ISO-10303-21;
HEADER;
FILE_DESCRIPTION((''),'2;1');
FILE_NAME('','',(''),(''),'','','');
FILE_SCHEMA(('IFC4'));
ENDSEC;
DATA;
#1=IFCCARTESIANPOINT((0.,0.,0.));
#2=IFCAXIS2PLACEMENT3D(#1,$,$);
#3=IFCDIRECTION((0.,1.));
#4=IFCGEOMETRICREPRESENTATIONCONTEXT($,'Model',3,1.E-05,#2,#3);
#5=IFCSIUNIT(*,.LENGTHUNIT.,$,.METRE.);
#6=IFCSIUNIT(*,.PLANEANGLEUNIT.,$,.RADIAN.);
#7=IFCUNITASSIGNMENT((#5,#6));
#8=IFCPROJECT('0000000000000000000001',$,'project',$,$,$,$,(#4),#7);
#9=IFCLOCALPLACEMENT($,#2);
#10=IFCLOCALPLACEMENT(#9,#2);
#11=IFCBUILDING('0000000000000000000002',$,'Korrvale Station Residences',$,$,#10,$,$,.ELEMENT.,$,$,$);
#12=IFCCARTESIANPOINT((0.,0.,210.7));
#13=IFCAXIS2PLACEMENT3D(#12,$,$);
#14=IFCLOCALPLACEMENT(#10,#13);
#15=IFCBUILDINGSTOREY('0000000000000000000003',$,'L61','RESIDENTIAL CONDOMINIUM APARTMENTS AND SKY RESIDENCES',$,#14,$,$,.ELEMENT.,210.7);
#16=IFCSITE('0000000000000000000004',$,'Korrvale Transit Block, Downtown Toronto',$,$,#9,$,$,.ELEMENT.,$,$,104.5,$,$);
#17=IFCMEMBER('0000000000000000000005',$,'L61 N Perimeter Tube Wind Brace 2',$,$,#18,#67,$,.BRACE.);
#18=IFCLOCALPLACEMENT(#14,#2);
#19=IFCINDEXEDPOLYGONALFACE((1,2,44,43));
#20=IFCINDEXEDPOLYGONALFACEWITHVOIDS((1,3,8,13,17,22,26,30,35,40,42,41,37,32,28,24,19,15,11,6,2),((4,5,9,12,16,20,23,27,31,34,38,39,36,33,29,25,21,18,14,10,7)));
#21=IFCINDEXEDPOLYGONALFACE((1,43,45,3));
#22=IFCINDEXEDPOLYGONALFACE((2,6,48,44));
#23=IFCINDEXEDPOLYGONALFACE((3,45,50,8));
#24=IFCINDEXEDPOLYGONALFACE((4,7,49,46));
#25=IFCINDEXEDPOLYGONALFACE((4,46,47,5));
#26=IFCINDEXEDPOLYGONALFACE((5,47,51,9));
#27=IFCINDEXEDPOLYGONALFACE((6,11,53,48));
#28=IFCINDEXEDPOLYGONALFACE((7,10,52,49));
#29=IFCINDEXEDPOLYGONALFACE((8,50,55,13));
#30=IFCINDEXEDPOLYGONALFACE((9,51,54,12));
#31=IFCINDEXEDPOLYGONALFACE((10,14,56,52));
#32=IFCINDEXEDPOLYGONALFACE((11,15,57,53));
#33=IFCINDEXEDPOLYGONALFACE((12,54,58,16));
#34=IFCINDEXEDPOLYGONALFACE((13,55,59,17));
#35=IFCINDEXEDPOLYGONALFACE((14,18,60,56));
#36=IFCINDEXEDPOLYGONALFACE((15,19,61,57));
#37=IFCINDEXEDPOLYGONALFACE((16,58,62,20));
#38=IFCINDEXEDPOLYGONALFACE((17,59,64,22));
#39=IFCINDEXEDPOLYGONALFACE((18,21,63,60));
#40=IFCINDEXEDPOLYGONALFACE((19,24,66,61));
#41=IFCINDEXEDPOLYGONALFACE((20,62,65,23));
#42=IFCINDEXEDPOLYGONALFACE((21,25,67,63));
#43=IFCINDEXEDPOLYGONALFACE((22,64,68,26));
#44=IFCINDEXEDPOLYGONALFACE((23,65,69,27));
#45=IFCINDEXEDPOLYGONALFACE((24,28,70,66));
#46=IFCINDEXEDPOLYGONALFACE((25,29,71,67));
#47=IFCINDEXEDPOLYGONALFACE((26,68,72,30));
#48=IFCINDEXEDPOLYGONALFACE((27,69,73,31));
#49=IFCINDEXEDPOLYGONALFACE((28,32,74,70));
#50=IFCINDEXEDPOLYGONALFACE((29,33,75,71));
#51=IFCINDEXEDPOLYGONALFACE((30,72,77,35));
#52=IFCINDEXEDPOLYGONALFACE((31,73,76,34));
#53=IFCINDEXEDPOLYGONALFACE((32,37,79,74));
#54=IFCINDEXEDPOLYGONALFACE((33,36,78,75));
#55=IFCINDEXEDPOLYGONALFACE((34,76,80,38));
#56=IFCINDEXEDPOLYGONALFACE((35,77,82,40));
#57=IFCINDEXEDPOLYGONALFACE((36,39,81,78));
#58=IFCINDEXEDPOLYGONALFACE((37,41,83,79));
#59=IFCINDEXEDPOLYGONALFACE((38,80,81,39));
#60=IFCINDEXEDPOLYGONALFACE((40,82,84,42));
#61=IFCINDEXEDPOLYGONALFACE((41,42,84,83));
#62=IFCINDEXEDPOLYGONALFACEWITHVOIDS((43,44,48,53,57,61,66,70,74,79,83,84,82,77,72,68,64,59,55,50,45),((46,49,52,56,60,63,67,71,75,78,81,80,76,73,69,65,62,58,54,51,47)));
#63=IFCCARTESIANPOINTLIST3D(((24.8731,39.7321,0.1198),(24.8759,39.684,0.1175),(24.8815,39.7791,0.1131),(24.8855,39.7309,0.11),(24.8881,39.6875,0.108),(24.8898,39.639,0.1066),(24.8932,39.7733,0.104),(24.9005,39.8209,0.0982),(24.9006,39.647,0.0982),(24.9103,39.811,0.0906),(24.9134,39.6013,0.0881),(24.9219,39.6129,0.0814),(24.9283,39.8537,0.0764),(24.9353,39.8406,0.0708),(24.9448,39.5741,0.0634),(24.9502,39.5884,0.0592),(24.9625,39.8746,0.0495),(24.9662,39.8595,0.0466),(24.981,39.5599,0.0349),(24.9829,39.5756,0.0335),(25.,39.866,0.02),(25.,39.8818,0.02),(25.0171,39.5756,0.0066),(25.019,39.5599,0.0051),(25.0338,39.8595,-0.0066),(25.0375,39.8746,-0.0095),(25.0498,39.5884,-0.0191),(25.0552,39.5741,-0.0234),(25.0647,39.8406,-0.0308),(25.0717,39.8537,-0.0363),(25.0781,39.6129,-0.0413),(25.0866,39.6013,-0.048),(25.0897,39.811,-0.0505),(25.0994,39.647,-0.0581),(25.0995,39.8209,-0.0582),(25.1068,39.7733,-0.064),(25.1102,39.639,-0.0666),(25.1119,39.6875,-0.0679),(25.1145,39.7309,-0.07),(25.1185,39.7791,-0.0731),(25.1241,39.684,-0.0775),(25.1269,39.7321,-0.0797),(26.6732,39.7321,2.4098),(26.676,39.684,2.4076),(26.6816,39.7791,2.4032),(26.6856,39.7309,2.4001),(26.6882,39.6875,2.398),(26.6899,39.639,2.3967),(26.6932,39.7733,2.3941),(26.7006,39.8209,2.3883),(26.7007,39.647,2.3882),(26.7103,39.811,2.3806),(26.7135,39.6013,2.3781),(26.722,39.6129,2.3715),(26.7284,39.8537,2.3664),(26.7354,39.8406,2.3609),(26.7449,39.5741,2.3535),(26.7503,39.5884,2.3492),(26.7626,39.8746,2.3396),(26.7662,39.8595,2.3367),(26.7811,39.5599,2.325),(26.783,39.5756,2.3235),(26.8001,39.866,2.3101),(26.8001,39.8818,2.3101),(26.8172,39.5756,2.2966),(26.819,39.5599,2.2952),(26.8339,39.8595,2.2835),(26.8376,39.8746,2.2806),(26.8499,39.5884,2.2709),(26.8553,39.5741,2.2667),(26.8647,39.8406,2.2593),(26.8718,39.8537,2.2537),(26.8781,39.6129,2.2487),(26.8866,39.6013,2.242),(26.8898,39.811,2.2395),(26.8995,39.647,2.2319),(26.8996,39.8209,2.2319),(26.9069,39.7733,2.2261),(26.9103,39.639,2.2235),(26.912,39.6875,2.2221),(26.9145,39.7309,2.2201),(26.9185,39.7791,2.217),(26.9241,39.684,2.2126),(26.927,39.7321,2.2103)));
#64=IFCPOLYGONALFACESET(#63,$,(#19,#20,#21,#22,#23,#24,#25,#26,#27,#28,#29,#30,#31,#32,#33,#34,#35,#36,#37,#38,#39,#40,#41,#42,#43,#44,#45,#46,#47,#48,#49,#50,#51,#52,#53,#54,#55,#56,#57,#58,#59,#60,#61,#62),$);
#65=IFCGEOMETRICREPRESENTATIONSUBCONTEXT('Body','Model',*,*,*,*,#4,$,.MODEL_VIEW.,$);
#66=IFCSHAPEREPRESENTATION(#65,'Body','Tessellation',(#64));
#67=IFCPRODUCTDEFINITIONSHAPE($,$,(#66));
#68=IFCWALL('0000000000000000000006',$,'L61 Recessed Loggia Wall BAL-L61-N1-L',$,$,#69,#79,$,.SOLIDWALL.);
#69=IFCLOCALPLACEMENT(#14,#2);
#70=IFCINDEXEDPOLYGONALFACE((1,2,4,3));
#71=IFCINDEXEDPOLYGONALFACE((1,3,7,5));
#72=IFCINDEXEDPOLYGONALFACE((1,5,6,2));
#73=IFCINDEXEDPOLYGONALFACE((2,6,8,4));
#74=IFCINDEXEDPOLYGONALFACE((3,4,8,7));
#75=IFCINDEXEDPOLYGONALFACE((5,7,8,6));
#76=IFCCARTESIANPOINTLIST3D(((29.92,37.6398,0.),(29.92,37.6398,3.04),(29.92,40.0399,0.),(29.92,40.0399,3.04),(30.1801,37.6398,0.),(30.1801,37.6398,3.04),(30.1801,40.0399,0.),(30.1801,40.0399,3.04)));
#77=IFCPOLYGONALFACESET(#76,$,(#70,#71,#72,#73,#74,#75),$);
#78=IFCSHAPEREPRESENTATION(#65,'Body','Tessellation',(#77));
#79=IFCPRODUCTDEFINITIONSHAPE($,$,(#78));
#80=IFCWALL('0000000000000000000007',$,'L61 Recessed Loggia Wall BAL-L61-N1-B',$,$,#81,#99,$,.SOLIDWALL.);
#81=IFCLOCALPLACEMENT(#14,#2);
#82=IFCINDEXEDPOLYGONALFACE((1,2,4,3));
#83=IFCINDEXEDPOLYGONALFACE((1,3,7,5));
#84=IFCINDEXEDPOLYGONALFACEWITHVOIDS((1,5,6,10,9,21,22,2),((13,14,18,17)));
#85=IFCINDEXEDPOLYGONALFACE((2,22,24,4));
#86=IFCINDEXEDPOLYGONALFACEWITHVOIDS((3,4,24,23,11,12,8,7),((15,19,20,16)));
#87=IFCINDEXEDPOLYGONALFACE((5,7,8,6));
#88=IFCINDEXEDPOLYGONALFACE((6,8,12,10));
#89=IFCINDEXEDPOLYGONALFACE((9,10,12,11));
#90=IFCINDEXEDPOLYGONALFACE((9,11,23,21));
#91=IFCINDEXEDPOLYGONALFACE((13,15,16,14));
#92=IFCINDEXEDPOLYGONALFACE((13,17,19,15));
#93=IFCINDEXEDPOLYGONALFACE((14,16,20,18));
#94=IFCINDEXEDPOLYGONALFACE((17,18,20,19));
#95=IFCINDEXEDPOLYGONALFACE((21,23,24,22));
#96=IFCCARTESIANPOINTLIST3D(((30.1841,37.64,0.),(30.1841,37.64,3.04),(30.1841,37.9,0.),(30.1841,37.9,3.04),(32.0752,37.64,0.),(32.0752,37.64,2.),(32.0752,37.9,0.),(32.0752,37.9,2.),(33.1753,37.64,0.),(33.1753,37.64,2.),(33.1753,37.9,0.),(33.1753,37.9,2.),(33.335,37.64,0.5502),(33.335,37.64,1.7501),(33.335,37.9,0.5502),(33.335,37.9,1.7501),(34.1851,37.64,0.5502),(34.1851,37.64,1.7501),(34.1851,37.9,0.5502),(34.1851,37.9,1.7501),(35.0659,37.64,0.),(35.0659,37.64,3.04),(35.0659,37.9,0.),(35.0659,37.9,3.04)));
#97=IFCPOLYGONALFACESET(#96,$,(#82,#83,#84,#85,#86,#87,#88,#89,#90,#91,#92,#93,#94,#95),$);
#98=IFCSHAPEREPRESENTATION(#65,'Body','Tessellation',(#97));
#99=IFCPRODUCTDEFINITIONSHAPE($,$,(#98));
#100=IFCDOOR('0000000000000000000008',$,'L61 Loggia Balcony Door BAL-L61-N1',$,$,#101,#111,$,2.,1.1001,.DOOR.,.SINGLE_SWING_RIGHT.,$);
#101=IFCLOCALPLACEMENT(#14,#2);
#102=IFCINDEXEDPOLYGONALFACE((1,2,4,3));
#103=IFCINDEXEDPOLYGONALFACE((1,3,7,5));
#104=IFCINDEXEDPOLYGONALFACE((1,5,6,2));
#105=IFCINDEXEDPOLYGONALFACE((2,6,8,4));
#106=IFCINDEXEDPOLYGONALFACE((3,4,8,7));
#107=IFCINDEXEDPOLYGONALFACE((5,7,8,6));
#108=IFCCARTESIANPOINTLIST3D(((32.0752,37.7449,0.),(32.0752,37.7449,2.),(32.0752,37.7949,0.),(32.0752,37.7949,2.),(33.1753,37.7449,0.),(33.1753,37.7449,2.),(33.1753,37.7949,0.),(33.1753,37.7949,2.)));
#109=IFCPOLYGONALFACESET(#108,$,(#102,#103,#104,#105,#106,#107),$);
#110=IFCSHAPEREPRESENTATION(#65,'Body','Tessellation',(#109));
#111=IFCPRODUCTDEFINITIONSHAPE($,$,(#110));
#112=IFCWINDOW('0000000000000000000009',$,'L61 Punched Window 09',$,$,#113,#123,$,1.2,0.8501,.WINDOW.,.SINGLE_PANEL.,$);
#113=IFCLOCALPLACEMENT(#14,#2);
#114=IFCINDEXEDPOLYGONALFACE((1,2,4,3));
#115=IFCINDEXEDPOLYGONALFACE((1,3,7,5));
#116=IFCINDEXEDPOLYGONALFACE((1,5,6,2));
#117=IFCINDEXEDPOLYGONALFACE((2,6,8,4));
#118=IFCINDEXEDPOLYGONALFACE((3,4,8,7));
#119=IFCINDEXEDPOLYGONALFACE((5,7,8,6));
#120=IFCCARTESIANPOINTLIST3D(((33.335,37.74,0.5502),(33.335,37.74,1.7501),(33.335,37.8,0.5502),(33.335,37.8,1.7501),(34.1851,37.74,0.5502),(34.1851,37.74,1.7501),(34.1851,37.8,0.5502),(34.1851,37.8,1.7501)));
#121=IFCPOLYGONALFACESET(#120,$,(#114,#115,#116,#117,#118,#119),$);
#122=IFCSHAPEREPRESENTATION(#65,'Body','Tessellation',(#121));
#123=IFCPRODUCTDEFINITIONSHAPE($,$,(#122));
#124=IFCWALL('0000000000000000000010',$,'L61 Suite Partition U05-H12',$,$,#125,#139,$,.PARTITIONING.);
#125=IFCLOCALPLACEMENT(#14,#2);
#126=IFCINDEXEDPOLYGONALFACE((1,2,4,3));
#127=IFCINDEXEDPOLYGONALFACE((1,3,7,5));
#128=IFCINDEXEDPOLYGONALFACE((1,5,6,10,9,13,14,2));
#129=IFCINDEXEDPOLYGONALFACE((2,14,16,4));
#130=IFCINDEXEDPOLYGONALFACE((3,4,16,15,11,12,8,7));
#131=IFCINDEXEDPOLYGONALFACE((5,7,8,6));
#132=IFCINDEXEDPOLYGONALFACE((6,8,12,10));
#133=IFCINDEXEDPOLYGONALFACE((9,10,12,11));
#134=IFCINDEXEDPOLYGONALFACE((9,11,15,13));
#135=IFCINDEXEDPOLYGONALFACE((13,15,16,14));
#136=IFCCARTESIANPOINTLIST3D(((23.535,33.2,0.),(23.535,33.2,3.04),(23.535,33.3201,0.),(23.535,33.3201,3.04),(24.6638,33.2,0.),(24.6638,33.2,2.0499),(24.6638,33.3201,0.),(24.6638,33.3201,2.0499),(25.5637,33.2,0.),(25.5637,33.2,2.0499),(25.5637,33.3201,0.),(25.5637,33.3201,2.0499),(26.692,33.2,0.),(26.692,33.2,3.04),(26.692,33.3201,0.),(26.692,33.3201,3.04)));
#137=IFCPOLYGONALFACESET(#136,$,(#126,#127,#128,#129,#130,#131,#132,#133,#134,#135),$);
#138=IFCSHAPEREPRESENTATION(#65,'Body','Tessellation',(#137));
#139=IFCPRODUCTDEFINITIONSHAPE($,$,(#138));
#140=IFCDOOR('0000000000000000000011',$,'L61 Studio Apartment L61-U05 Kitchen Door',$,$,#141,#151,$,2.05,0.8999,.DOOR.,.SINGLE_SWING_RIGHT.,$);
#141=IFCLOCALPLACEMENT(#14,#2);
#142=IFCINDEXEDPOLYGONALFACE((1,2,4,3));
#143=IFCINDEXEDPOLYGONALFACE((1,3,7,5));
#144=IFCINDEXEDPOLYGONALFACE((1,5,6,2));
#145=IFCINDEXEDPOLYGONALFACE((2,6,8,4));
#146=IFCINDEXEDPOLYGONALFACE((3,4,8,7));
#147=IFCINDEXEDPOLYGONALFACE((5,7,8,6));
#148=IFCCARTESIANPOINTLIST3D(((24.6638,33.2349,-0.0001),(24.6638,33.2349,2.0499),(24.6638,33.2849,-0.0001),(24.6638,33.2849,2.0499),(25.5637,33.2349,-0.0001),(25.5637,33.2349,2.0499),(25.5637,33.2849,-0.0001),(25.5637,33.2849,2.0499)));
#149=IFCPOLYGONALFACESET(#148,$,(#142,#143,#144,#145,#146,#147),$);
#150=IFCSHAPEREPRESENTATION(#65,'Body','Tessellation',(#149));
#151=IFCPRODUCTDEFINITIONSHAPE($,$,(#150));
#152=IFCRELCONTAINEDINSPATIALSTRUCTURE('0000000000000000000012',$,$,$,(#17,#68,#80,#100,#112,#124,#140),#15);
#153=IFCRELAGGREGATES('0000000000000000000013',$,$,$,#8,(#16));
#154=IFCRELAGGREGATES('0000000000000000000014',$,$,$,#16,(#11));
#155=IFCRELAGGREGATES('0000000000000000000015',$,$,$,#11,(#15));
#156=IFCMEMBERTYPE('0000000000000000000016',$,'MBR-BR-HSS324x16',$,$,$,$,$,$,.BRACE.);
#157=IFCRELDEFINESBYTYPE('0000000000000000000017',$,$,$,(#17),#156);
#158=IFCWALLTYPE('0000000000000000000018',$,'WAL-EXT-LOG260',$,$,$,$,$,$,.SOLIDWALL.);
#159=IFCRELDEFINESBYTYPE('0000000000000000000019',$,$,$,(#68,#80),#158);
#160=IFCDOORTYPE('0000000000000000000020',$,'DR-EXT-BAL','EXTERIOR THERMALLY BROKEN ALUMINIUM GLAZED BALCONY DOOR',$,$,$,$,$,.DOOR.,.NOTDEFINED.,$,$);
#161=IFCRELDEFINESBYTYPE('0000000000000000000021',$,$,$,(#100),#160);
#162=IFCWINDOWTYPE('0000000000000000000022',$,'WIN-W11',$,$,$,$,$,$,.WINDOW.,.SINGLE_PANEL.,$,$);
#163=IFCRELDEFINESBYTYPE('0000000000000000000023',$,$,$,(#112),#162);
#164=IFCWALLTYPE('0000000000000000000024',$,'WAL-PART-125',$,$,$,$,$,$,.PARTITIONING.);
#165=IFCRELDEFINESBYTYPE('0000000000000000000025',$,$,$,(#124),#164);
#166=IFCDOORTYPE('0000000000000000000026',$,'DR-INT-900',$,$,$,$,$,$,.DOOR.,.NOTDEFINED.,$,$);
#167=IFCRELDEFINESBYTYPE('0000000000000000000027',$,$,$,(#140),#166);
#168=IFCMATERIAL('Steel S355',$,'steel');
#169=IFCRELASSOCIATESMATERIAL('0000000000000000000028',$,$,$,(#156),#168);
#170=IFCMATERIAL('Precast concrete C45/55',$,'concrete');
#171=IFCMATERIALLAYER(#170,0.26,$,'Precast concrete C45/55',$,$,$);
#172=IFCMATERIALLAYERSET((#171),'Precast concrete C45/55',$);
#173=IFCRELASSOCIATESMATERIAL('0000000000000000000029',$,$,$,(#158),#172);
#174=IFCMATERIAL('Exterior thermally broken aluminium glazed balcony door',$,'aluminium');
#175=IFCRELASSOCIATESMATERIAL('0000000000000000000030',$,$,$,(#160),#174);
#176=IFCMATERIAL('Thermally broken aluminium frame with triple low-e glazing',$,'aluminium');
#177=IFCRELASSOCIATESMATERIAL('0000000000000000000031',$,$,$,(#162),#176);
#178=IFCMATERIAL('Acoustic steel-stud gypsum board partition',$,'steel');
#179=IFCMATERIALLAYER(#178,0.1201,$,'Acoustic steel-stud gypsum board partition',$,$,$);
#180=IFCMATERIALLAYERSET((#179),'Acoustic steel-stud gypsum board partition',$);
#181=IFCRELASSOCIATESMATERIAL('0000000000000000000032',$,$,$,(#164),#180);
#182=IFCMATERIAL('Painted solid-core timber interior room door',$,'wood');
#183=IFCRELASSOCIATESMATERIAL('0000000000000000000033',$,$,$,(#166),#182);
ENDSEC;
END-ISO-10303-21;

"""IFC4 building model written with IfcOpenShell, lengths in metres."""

from ifc_helpers import new_model, si_unit, direction, frame, frame_2d, origin, origin_2d, place, context, subcontext, project, spatial, rectangle, hollow_circle, extrude, material, layer, layer_set, material_profile, profile_set, type_object, element, fill, save


model = new_model("IFC4")

# Units and contexts
model_context = context("Model", 3, precision=1e-05, world=origin(), true_north=direction((0.0, 1.0)))
body_context = subcontext(model_context, "Body", "Model", "MODEL_VIEW")
ifc_project = project(units=[si_unit("LENGTHUNIT", "METRE"), si_unit("PLANEANGLEUNIT", "RADIAN")], contexts=[model_context])

# Site, building, storey
site_placement = place(None, origin())
site = spatial("IfcSite", under=ifc_project, at=site_placement, Name="Korrvale Transit Block, Downtown Toronto", CompositionType="ELEMENT", RefElevation=104.5)
building_placement = place(site_placement, origin())
building = spatial("IfcBuilding", under=site, at=building_placement, Name="Korrvale Station Residences", CompositionType="ELEMENT")
storey_placement = place(building_placement, frame((0.0, 0.0, 210.7)))
storey = spatial("IfcBuildingStorey", under=building, at=storey_placement, Name="L61", Description="RESIDENTIAL CONDOMINIUM APARTMENTS AND SKY RESIDENCES", CompositionType="ELEMENT", Elevation=210.7)

# Shared definitions
ifc_material_1 = material(Name="Steel S355", Category="steel")

# Member
ifc_material_profile_1 = material_profile(ifc_material_1, hollow_circle(Radius=0.1619, WallThickness=0.0159, at=origin_2d()), Name="HSS324x16")
ifc_profile_set_1 = profile_set([ifc_material_profile_1], Name="Steel S355")
member_type = type_object("IfcMemberType", Name="MBR-BR-HSS324x16", PredefinedType="BRACE", material=ifc_profile_set_1)
for number, where, z_axis, x_axis, name in (
    (1, (25.0, 39.72, 0.02), (0.617977, 0.0, 0.786196), (0.0, 1.0, 0.0), "L61 N Perimeter Tube Wind Brace 2"),
):
    element("IfcMember", number, at=place(storey_placement, frame(where, z_axis=z_axis, x_axis=x_axis)), inside=storey, type_object=member_type, Name=name, PredefinedType="BRACE", context=body_context, shape_type="SweptSolid", body=[
        extrude(hollow_circle(Radius=0.1619, WallThickness=0.0159, at=origin_2d()), origin(), (0.0, 0.0, 1.0), 2.9128),
    ])

# Wall
ifc_material_2 = material(Name="Precast concrete C45/55", Category="concrete")
ifc_layer_1 = layer(ifc_material_2, 0.26, Name="Precast concrete C45/55")
ifc_layer_set_1 = layer_set([ifc_layer_1], Name="Precast concrete C45/55")
wall_type_1 = type_object("IfcWallType", Name="WAL-EXT-LOG260", PredefinedType="SOLIDWALL", material=ifc_layer_set_1)
wall_1_placement = place(storey_placement, frame((30.05, 40.04, 0.0), z_axis=(0.0, 0.0, 1.0), x_axis=(0.0, -1.0, 0.0)))
element("IfcWall", 2, at=wall_1_placement, inside=storey, type_object=wall_type_1, Name="L61 Recessed Loggia Wall BAL-L61-N1-L", PredefinedType="SOLIDWALL", context=body_context, shape_type="SweptSolid", body=[
    extrude(rectangle(XDim=2.4001, YDim=0.26, at=frame_2d((1.2002, 0.0))), origin(), (0.0, 0.0, 1.0), 3.04),
])

# Wall, openings, door, window
wall_2_placement = place(storey_placement, frame((30.1841, 37.77, 0.0), z_axis=(0.0, 0.0, 1.0), x_axis=(1.0, 0.0, 0.0)))
wall_2 = element("IfcWall", 3, at=wall_2_placement, inside=storey, type_object=wall_type_1, Name="L61 Recessed Loggia Wall BAL-L61-N1-B", PredefinedType="SOLIDWALL", context=body_context, shape_type="SweptSolid", body=[
    extrude(rectangle(XDim=4.8818, YDim=0.26, at=frame_2d((2.4409, 0.0))), origin(), (0.0, 0.0, 1.0), 3.04),
])
opening_1_placement = place(wall_2_placement, frame((1.8911, 0.0, 0.0)))
opening_1 = element("IfcOpeningElement", 4, at=opening_1_placement, cuts=wall_2, PredefinedType="OPENING", context=body_context, shape_type="SweptSolid", body=[
    extrude(rectangle(XDim=1.1001, YDim=2.0, at=frame_2d((0.55, 1.0))), frame((0.0, 0.1401, 0.0), z_axis=(0.0, -1.0, 0.0), x_axis=(1.0, 0.0, 0.0)), (0.0, 0.0, 1.0), 0.28),
])
opening_2_placement = place(wall_2_placement, frame((3.1509, 0.0, 0.55)))
opening_2 = element("IfcOpeningElement", 5, at=opening_2_placement, cuts=wall_2, PredefinedType="OPENING", context=body_context, shape_type="SweptSolid", body=[
    extrude(rectangle(XDim=0.8501, YDim=1.2, at=frame_2d((0.425, 0.6001))), frame((0.0, 0.1401, 0.0), z_axis=(0.0, -1.0, 0.0), x_axis=(1.0, 0.0, 0.0)), (0.0, 0.0, 1.0), 0.28),
])
ifc_material_3 = material(Name="Exterior thermally broken aluminium glazed balcony door", Category="aluminium")
door_type_1 = type_object("IfcDoorType", Name="DR-EXT-BAL", Description="EXTERIOR THERMALLY BROKEN ALUMINIUM GLAZED BALCONY DOOR", OperationType="NOTDEFINED", PredefinedType="DOOR", material=ifc_material_3)
door_1_placement = place(opening_1_placement, origin())
door_1 = element("IfcDoor", 6, at=door_1_placement, inside=storey, type_object=door_type_1, Name="L61 Loggia Balcony Door BAL-L61-N1", OperationType="SINGLE_SWING_RIGHT", OverallHeight=2.0, OverallWidth=1.1001, PredefinedType="DOOR", context=body_context, shape_type="SweptSolid", body=[
    extrude(rectangle(XDim=1.1001, YDim=2.0, at=frame_2d((0.55, 1.0))), frame((0.0, 0.0249, 0.0), z_axis=(0.0, -1.0, 0.0), x_axis=(1.0, 0.0, 0.0)), (0.0, 0.0, 1.0), 0.05),
])
fill(opening_1, door_1)
ifc_material_4 = material(Name="Thermally broken aluminium frame with triple low-e glazing", Category="aluminium")
window_type = type_object("IfcWindowType", Name="WIN-W11", PartitioningType="SINGLE_PANEL", PredefinedType="WINDOW", material=ifc_material_4)
window_placement = place(opening_2_placement, origin())
window = element("IfcWindow", 7, at=window_placement, inside=storey, type_object=window_type, Name="L61 Punched Window 09", OverallHeight=1.2, OverallWidth=0.8501, PartitioningType="SINGLE_PANEL", PredefinedType="WINDOW", context=body_context, shape_type="SweptSolid", body=[
    extrude(rectangle(XDim=0.8501, YDim=1.2, at=frame_2d((0.425, 0.6001))), frame((0.0, 0.03, 0.0), z_axis=(0.0, -1.0, 0.0), x_axis=(1.0, 0.0, 0.0)), (0.0, 0.0, 1.0), 0.0601),
])
fill(opening_2, window)

# Wall, opening, door
ifc_material_5 = material(Name="Acoustic steel-stud gypsum board partition", Category="steel")
ifc_layer_2 = layer(ifc_material_5, 0.1201, Name="Acoustic steel-stud gypsum board partition")
ifc_layer_set_2 = layer_set([ifc_layer_2], Name="Acoustic steel-stud gypsum board partition")
wall_type_2 = type_object("IfcWallType", Name="WAL-PART-125", PredefinedType="PARTITIONING", material=ifc_layer_set_2)
wall_3_placement = place(storey_placement, frame((23.5349, 33.26, 0.0), z_axis=(0.0, 0.0, 1.0), x_axis=(1.0, 0.0, 0.0)))
wall_3 = element("IfcWall", 8, at=wall_3_placement, inside=storey, type_object=wall_type_2, Name="L61 Suite Partition U05-H12", PredefinedType="PARTITIONING", context=body_context, shape_type="SweptSolid", body=[
    extrude(rectangle(XDim=3.157, YDim=0.1201, at=frame_2d((1.5786, 0.0))), origin(), (0.0, 0.0, 1.0), 3.04),
])
opening_3_placement = place(wall_3_placement, frame((1.1289, 0.0, 0.0)))
opening_3 = element("IfcOpeningElement", 9, at=opening_3_placement, cuts=wall_3, PredefinedType="OPENING", context=body_context, shape_type="SweptSolid", body=[
    extrude(rectangle(XDim=0.8999, YDim=2.05, at=frame_2d((0.45, 1.0249))), frame((0.0, 0.0701, 0.0), z_axis=(0.0, -1.0, 0.0), x_axis=(1.0, 0.0, 0.0)), (0.0, 0.0, 1.0), 0.1401),
])
ifc_material_6 = material(Name="Painted solid-core timber interior room door", Category="wood")
door_type_2 = type_object("IfcDoorType", Name="DR-INT-900", OperationType="NOTDEFINED", PredefinedType="DOOR", material=ifc_material_6)
door_2_placement = place(opening_3_placement, origin())
door_2 = element("IfcDoor", 10, at=door_2_placement, inside=storey, type_object=door_type_2, Name="L61 Studio Apartment L61-U05 Kitchen Door", OperationType="SINGLE_SWING_RIGHT", OverallHeight=2.05, OverallWidth=0.8999, PredefinedType="DOOR", context=body_context, shape_type="SweptSolid", body=[
    extrude(rectangle(XDim=0.8999, YDim=2.05, at=frame_2d((0.45, 1.0249))), frame((0.0, 0.0249, 0.0), z_axis=(0.0, -1.0, 0.0), x_axis=(1.0, 0.0, 0.0)), (0.0, 0.0, 1.0), 0.05),
])
fill(opening_3, door_2)

save(model, "model.ifc")
